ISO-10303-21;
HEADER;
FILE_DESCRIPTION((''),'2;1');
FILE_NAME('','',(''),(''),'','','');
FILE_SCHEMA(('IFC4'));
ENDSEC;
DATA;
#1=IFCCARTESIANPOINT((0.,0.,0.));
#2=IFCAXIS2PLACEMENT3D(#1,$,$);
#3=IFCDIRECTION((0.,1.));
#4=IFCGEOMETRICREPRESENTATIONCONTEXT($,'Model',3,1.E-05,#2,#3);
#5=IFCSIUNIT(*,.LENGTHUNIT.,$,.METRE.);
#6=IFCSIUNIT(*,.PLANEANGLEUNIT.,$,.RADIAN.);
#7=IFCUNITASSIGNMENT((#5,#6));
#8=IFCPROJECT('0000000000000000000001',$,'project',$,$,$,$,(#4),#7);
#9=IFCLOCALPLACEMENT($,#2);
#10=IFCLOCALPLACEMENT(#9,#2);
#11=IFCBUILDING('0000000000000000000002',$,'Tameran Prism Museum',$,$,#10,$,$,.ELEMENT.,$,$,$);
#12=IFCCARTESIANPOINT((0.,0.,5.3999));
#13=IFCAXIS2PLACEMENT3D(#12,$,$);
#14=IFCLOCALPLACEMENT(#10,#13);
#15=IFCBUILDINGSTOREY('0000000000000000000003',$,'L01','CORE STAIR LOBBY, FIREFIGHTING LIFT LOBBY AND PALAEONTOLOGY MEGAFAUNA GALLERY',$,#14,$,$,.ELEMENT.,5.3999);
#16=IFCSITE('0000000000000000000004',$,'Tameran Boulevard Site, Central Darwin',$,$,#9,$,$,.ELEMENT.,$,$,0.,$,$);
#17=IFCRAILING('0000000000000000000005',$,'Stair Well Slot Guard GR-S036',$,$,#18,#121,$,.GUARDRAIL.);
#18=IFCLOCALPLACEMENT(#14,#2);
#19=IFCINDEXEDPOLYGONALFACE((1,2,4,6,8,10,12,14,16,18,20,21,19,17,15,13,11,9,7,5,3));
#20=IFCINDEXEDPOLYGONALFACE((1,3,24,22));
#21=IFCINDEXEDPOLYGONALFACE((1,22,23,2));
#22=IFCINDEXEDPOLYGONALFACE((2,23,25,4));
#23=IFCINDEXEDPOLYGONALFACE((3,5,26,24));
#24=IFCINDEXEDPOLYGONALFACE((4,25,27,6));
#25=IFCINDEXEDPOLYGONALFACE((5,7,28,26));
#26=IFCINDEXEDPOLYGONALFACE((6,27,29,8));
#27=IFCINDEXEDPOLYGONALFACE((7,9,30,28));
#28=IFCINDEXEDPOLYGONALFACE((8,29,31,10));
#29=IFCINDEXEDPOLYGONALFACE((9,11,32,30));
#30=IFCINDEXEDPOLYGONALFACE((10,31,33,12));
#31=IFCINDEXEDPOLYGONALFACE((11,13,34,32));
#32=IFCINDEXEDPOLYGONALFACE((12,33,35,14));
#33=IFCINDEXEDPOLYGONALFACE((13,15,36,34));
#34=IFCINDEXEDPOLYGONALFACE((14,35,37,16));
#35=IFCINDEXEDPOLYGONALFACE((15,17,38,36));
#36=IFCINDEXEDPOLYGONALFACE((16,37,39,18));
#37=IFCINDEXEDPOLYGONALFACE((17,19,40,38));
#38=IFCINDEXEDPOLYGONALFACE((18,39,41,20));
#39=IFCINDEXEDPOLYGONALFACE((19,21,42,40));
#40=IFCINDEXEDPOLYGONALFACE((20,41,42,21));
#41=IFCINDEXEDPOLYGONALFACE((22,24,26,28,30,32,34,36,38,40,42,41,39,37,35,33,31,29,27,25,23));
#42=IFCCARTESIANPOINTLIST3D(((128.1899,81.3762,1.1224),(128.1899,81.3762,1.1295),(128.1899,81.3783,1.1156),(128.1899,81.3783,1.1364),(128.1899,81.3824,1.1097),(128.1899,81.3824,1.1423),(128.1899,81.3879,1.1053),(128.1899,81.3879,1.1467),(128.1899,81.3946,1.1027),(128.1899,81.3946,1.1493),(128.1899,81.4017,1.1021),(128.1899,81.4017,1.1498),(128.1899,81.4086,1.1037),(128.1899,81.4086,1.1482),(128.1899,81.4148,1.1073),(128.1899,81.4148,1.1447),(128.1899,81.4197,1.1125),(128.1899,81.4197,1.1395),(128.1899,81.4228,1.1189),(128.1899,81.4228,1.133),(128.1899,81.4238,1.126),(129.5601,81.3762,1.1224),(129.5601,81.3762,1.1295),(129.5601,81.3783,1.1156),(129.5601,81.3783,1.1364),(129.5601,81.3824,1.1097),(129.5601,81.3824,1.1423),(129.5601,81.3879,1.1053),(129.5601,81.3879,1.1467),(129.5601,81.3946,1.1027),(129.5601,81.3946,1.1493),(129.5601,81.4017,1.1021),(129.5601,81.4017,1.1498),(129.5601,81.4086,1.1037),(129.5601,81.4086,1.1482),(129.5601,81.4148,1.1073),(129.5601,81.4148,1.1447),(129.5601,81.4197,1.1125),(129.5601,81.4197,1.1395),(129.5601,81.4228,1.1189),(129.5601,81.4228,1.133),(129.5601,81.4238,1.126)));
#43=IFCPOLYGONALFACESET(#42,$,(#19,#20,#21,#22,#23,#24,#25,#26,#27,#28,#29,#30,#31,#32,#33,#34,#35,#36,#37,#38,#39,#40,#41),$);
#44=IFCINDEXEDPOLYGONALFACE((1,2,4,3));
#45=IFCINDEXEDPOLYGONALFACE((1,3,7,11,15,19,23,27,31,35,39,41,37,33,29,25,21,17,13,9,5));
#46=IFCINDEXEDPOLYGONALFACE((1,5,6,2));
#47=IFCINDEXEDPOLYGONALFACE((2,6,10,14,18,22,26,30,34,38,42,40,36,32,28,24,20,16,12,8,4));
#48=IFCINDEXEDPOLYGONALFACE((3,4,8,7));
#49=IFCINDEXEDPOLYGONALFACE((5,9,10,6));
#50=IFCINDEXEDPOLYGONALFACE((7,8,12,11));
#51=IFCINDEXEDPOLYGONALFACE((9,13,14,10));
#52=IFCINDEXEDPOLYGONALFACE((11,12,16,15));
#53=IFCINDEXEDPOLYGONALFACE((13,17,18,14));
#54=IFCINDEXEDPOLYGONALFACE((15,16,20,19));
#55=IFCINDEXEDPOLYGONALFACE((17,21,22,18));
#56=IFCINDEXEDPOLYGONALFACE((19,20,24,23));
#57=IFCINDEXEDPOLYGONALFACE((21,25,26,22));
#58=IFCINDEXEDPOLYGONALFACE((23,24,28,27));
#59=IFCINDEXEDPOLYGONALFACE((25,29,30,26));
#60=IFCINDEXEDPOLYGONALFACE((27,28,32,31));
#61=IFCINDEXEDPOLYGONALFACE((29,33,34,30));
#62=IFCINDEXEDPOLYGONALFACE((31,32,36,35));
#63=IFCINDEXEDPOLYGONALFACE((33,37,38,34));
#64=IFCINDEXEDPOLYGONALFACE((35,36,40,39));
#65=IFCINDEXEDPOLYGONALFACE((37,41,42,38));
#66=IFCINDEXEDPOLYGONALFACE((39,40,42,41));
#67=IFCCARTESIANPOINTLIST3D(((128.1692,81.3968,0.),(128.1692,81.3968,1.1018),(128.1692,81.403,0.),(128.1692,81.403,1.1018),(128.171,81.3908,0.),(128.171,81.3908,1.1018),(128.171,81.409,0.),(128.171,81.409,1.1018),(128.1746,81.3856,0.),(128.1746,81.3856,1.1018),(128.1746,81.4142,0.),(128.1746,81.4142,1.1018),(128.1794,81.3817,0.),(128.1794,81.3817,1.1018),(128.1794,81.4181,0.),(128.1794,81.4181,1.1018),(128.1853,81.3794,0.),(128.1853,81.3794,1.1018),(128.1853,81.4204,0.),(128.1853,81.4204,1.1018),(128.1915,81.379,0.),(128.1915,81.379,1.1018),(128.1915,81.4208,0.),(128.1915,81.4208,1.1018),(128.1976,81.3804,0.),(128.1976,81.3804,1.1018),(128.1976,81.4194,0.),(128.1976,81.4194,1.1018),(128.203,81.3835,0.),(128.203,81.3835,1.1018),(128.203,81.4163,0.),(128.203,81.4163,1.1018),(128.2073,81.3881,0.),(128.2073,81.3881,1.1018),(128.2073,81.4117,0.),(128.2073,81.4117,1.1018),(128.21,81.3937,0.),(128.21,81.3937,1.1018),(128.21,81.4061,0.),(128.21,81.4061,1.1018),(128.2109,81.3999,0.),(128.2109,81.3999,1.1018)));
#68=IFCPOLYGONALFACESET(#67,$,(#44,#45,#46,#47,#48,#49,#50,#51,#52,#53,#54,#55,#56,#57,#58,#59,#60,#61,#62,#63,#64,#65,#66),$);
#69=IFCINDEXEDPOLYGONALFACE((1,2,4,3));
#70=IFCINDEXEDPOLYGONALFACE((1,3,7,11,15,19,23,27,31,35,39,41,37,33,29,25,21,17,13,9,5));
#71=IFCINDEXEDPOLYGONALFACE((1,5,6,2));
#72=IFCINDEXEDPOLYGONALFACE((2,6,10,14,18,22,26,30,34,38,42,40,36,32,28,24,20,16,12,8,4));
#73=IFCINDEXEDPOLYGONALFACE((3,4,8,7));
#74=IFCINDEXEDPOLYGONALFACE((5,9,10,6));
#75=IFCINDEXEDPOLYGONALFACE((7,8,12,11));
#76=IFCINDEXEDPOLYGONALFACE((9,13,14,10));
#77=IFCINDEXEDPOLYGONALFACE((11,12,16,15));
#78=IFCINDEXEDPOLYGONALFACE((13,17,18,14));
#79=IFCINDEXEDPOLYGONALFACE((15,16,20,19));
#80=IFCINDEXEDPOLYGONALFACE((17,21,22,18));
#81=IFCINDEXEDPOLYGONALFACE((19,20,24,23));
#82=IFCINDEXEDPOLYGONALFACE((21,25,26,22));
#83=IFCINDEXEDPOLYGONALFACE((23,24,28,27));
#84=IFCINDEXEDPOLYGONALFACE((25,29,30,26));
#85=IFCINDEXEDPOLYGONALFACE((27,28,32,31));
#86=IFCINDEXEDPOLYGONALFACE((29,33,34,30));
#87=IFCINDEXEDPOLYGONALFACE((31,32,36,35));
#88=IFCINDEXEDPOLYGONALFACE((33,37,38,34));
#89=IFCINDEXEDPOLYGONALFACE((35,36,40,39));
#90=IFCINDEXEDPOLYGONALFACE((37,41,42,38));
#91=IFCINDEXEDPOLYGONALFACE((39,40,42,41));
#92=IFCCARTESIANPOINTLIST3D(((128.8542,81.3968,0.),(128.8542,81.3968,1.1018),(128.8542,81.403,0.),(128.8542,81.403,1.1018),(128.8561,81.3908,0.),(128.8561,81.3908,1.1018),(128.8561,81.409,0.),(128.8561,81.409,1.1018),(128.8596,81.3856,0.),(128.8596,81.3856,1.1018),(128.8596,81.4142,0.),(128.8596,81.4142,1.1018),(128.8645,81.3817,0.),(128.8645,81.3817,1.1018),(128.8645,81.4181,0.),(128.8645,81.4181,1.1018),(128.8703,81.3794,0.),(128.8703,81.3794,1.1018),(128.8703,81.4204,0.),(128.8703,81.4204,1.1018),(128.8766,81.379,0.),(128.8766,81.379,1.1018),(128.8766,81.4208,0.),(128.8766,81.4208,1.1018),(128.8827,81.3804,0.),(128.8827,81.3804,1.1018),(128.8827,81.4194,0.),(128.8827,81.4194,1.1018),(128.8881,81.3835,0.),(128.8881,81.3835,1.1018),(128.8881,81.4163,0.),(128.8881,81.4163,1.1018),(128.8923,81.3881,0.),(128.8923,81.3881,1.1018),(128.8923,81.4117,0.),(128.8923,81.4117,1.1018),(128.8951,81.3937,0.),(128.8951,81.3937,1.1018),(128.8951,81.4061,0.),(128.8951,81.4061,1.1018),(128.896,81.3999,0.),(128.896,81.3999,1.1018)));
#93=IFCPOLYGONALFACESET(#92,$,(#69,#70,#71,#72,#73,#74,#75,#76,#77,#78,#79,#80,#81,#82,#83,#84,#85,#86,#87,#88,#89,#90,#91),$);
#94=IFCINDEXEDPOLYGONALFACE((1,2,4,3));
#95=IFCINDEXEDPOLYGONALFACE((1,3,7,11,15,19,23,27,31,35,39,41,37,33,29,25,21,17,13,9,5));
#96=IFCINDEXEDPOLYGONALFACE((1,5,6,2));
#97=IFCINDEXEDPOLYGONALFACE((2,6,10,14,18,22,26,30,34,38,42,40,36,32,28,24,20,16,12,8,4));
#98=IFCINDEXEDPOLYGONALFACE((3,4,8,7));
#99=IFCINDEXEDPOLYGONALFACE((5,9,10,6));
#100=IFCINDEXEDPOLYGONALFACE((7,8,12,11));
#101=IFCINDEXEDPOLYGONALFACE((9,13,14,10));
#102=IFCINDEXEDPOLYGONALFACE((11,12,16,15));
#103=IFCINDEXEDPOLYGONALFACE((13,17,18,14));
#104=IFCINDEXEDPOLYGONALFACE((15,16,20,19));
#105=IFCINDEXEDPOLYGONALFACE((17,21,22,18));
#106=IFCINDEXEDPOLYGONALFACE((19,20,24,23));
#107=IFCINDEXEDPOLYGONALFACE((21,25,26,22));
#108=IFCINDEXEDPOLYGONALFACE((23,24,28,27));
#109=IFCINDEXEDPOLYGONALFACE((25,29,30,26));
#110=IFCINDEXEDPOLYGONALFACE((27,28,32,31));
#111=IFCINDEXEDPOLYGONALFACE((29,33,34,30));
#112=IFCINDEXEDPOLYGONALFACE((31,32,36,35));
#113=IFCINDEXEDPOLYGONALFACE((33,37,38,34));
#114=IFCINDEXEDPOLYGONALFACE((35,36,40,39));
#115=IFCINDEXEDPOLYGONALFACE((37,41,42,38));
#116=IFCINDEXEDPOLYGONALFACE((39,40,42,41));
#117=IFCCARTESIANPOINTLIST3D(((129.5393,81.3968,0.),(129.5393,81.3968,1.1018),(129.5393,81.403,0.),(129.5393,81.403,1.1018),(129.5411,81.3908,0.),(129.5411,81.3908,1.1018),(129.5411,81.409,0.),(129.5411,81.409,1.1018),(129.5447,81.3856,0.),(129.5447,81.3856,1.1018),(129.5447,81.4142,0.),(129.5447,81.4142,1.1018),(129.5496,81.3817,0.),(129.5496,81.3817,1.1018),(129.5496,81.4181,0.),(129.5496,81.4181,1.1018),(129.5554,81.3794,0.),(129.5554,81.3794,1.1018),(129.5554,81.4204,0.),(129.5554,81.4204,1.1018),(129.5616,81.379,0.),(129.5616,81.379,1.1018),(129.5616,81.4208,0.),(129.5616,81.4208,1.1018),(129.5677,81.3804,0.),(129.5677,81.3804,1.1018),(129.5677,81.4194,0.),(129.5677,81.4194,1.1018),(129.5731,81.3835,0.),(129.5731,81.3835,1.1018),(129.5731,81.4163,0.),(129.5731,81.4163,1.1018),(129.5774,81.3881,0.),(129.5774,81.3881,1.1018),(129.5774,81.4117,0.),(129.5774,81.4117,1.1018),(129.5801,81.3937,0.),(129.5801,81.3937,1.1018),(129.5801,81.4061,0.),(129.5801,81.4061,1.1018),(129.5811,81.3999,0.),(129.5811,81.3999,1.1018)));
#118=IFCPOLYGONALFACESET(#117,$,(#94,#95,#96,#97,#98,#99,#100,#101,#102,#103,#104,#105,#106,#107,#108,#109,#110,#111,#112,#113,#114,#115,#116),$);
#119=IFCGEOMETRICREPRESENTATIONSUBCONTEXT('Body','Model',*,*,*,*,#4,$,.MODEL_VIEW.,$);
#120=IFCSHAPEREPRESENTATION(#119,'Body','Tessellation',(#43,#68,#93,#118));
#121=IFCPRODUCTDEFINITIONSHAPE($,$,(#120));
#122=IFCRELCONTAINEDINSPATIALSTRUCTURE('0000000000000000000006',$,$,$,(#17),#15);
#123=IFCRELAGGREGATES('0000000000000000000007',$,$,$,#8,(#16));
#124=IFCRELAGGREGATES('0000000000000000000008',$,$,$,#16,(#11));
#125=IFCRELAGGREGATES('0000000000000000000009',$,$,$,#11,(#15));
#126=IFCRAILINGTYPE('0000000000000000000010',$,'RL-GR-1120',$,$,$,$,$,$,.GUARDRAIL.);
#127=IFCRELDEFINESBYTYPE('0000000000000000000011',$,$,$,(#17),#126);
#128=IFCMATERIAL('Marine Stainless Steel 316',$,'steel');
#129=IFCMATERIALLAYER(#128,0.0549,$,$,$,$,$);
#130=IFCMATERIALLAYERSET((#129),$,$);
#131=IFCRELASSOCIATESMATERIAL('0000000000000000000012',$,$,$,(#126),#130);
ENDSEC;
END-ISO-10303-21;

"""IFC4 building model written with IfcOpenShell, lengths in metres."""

from ifc_helpers import new_model, si_unit, direction, frame, origin, origin_2d, place, context, subcontext, project, spatial, circle, extrude, material, layer, layer_set, type_object, element, save


model = new_model("IFC4")

# Units and contexts
model_context = context("Model", 3, precision=1e-05, world=origin(), true_north=direction((0.0, 1.0)))
body_context = subcontext(model_context, "Body", "Model", "MODEL_VIEW")
ifc_project = project(units=[si_unit("LENGTHUNIT", "METRE"), si_unit("PLANEANGLEUNIT", "RADIAN")], contexts=[model_context])

# Site, building, storey
site_placement = place(None, origin())
site = spatial("IfcSite", under=ifc_project, at=site_placement, Name="Tameran Boulevard Site, Central Darwin", CompositionType="ELEMENT", RefElevation=0.0)
building_placement = place(site_placement, origin())
building = spatial("IfcBuilding", under=site, at=building_placement, Name="Tameran Prism Museum", CompositionType="ELEMENT")
storey_placement = place(building_placement, frame((0.0, 0.0, 5.3999)))
storey = spatial("IfcBuildingStorey", under=building, at=storey_placement, Name="L01", Description="CORE STAIR LOBBY, FIREFIGHTING LIFT LOBBY AND PALAEONTOLOGY MEGAFAUNA GALLERY", CompositionType="ELEMENT", Elevation=5.3999)

# Railing
ifc_material_1 = material(Name="Marine Stainless Steel 316", Category="steel")
ifc_layer_1 = layer(ifc_material_1, 0.0549)
ifc_layer_set_1 = layer_set([ifc_layer_1])
railing_type = type_object("IfcRailingType", Name="RL-GR-1120", PredefinedType="GUARDRAIL", material=ifc_layer_set_1)
railing_1_placement = place(storey_placement, frame((128.1899, 81.3999, 0.0)))
element("IfcRailing", 1, at=railing_1_placement, inside=storey, type_object=railing_type, Name="Stair Well Slot Guard GR-S036", PredefinedType="GUARDRAIL", context=body_context, shape_type="SweptSolid", body=[
    extrude(circle(Radius=0.0239, at=origin_2d()), frame((0.0, 0.0, 1.126), z_axis=(1.0, 0.0, 0.0), x_axis=(0.0, 1.0, 0.0)), (0.0, 0.0, 1.0), 1.3701),
    extrude(circle(Radius=0.021, at=origin_2d()), origin(), (0.0, 0.0, 1.0), 1.1018),
    extrude(circle(Radius=0.021, at=origin_2d()), frame((0.6851, 0.0, 0.0)), (0.0, 0.0, 1.0), 1.1018),
    extrude(circle(Radius=0.021, at=origin_2d()), frame((1.3701, 0.0, 0.0)), (0.0, 0.0, 1.0), 1.1018),
])

save(model, "model.ifc")
